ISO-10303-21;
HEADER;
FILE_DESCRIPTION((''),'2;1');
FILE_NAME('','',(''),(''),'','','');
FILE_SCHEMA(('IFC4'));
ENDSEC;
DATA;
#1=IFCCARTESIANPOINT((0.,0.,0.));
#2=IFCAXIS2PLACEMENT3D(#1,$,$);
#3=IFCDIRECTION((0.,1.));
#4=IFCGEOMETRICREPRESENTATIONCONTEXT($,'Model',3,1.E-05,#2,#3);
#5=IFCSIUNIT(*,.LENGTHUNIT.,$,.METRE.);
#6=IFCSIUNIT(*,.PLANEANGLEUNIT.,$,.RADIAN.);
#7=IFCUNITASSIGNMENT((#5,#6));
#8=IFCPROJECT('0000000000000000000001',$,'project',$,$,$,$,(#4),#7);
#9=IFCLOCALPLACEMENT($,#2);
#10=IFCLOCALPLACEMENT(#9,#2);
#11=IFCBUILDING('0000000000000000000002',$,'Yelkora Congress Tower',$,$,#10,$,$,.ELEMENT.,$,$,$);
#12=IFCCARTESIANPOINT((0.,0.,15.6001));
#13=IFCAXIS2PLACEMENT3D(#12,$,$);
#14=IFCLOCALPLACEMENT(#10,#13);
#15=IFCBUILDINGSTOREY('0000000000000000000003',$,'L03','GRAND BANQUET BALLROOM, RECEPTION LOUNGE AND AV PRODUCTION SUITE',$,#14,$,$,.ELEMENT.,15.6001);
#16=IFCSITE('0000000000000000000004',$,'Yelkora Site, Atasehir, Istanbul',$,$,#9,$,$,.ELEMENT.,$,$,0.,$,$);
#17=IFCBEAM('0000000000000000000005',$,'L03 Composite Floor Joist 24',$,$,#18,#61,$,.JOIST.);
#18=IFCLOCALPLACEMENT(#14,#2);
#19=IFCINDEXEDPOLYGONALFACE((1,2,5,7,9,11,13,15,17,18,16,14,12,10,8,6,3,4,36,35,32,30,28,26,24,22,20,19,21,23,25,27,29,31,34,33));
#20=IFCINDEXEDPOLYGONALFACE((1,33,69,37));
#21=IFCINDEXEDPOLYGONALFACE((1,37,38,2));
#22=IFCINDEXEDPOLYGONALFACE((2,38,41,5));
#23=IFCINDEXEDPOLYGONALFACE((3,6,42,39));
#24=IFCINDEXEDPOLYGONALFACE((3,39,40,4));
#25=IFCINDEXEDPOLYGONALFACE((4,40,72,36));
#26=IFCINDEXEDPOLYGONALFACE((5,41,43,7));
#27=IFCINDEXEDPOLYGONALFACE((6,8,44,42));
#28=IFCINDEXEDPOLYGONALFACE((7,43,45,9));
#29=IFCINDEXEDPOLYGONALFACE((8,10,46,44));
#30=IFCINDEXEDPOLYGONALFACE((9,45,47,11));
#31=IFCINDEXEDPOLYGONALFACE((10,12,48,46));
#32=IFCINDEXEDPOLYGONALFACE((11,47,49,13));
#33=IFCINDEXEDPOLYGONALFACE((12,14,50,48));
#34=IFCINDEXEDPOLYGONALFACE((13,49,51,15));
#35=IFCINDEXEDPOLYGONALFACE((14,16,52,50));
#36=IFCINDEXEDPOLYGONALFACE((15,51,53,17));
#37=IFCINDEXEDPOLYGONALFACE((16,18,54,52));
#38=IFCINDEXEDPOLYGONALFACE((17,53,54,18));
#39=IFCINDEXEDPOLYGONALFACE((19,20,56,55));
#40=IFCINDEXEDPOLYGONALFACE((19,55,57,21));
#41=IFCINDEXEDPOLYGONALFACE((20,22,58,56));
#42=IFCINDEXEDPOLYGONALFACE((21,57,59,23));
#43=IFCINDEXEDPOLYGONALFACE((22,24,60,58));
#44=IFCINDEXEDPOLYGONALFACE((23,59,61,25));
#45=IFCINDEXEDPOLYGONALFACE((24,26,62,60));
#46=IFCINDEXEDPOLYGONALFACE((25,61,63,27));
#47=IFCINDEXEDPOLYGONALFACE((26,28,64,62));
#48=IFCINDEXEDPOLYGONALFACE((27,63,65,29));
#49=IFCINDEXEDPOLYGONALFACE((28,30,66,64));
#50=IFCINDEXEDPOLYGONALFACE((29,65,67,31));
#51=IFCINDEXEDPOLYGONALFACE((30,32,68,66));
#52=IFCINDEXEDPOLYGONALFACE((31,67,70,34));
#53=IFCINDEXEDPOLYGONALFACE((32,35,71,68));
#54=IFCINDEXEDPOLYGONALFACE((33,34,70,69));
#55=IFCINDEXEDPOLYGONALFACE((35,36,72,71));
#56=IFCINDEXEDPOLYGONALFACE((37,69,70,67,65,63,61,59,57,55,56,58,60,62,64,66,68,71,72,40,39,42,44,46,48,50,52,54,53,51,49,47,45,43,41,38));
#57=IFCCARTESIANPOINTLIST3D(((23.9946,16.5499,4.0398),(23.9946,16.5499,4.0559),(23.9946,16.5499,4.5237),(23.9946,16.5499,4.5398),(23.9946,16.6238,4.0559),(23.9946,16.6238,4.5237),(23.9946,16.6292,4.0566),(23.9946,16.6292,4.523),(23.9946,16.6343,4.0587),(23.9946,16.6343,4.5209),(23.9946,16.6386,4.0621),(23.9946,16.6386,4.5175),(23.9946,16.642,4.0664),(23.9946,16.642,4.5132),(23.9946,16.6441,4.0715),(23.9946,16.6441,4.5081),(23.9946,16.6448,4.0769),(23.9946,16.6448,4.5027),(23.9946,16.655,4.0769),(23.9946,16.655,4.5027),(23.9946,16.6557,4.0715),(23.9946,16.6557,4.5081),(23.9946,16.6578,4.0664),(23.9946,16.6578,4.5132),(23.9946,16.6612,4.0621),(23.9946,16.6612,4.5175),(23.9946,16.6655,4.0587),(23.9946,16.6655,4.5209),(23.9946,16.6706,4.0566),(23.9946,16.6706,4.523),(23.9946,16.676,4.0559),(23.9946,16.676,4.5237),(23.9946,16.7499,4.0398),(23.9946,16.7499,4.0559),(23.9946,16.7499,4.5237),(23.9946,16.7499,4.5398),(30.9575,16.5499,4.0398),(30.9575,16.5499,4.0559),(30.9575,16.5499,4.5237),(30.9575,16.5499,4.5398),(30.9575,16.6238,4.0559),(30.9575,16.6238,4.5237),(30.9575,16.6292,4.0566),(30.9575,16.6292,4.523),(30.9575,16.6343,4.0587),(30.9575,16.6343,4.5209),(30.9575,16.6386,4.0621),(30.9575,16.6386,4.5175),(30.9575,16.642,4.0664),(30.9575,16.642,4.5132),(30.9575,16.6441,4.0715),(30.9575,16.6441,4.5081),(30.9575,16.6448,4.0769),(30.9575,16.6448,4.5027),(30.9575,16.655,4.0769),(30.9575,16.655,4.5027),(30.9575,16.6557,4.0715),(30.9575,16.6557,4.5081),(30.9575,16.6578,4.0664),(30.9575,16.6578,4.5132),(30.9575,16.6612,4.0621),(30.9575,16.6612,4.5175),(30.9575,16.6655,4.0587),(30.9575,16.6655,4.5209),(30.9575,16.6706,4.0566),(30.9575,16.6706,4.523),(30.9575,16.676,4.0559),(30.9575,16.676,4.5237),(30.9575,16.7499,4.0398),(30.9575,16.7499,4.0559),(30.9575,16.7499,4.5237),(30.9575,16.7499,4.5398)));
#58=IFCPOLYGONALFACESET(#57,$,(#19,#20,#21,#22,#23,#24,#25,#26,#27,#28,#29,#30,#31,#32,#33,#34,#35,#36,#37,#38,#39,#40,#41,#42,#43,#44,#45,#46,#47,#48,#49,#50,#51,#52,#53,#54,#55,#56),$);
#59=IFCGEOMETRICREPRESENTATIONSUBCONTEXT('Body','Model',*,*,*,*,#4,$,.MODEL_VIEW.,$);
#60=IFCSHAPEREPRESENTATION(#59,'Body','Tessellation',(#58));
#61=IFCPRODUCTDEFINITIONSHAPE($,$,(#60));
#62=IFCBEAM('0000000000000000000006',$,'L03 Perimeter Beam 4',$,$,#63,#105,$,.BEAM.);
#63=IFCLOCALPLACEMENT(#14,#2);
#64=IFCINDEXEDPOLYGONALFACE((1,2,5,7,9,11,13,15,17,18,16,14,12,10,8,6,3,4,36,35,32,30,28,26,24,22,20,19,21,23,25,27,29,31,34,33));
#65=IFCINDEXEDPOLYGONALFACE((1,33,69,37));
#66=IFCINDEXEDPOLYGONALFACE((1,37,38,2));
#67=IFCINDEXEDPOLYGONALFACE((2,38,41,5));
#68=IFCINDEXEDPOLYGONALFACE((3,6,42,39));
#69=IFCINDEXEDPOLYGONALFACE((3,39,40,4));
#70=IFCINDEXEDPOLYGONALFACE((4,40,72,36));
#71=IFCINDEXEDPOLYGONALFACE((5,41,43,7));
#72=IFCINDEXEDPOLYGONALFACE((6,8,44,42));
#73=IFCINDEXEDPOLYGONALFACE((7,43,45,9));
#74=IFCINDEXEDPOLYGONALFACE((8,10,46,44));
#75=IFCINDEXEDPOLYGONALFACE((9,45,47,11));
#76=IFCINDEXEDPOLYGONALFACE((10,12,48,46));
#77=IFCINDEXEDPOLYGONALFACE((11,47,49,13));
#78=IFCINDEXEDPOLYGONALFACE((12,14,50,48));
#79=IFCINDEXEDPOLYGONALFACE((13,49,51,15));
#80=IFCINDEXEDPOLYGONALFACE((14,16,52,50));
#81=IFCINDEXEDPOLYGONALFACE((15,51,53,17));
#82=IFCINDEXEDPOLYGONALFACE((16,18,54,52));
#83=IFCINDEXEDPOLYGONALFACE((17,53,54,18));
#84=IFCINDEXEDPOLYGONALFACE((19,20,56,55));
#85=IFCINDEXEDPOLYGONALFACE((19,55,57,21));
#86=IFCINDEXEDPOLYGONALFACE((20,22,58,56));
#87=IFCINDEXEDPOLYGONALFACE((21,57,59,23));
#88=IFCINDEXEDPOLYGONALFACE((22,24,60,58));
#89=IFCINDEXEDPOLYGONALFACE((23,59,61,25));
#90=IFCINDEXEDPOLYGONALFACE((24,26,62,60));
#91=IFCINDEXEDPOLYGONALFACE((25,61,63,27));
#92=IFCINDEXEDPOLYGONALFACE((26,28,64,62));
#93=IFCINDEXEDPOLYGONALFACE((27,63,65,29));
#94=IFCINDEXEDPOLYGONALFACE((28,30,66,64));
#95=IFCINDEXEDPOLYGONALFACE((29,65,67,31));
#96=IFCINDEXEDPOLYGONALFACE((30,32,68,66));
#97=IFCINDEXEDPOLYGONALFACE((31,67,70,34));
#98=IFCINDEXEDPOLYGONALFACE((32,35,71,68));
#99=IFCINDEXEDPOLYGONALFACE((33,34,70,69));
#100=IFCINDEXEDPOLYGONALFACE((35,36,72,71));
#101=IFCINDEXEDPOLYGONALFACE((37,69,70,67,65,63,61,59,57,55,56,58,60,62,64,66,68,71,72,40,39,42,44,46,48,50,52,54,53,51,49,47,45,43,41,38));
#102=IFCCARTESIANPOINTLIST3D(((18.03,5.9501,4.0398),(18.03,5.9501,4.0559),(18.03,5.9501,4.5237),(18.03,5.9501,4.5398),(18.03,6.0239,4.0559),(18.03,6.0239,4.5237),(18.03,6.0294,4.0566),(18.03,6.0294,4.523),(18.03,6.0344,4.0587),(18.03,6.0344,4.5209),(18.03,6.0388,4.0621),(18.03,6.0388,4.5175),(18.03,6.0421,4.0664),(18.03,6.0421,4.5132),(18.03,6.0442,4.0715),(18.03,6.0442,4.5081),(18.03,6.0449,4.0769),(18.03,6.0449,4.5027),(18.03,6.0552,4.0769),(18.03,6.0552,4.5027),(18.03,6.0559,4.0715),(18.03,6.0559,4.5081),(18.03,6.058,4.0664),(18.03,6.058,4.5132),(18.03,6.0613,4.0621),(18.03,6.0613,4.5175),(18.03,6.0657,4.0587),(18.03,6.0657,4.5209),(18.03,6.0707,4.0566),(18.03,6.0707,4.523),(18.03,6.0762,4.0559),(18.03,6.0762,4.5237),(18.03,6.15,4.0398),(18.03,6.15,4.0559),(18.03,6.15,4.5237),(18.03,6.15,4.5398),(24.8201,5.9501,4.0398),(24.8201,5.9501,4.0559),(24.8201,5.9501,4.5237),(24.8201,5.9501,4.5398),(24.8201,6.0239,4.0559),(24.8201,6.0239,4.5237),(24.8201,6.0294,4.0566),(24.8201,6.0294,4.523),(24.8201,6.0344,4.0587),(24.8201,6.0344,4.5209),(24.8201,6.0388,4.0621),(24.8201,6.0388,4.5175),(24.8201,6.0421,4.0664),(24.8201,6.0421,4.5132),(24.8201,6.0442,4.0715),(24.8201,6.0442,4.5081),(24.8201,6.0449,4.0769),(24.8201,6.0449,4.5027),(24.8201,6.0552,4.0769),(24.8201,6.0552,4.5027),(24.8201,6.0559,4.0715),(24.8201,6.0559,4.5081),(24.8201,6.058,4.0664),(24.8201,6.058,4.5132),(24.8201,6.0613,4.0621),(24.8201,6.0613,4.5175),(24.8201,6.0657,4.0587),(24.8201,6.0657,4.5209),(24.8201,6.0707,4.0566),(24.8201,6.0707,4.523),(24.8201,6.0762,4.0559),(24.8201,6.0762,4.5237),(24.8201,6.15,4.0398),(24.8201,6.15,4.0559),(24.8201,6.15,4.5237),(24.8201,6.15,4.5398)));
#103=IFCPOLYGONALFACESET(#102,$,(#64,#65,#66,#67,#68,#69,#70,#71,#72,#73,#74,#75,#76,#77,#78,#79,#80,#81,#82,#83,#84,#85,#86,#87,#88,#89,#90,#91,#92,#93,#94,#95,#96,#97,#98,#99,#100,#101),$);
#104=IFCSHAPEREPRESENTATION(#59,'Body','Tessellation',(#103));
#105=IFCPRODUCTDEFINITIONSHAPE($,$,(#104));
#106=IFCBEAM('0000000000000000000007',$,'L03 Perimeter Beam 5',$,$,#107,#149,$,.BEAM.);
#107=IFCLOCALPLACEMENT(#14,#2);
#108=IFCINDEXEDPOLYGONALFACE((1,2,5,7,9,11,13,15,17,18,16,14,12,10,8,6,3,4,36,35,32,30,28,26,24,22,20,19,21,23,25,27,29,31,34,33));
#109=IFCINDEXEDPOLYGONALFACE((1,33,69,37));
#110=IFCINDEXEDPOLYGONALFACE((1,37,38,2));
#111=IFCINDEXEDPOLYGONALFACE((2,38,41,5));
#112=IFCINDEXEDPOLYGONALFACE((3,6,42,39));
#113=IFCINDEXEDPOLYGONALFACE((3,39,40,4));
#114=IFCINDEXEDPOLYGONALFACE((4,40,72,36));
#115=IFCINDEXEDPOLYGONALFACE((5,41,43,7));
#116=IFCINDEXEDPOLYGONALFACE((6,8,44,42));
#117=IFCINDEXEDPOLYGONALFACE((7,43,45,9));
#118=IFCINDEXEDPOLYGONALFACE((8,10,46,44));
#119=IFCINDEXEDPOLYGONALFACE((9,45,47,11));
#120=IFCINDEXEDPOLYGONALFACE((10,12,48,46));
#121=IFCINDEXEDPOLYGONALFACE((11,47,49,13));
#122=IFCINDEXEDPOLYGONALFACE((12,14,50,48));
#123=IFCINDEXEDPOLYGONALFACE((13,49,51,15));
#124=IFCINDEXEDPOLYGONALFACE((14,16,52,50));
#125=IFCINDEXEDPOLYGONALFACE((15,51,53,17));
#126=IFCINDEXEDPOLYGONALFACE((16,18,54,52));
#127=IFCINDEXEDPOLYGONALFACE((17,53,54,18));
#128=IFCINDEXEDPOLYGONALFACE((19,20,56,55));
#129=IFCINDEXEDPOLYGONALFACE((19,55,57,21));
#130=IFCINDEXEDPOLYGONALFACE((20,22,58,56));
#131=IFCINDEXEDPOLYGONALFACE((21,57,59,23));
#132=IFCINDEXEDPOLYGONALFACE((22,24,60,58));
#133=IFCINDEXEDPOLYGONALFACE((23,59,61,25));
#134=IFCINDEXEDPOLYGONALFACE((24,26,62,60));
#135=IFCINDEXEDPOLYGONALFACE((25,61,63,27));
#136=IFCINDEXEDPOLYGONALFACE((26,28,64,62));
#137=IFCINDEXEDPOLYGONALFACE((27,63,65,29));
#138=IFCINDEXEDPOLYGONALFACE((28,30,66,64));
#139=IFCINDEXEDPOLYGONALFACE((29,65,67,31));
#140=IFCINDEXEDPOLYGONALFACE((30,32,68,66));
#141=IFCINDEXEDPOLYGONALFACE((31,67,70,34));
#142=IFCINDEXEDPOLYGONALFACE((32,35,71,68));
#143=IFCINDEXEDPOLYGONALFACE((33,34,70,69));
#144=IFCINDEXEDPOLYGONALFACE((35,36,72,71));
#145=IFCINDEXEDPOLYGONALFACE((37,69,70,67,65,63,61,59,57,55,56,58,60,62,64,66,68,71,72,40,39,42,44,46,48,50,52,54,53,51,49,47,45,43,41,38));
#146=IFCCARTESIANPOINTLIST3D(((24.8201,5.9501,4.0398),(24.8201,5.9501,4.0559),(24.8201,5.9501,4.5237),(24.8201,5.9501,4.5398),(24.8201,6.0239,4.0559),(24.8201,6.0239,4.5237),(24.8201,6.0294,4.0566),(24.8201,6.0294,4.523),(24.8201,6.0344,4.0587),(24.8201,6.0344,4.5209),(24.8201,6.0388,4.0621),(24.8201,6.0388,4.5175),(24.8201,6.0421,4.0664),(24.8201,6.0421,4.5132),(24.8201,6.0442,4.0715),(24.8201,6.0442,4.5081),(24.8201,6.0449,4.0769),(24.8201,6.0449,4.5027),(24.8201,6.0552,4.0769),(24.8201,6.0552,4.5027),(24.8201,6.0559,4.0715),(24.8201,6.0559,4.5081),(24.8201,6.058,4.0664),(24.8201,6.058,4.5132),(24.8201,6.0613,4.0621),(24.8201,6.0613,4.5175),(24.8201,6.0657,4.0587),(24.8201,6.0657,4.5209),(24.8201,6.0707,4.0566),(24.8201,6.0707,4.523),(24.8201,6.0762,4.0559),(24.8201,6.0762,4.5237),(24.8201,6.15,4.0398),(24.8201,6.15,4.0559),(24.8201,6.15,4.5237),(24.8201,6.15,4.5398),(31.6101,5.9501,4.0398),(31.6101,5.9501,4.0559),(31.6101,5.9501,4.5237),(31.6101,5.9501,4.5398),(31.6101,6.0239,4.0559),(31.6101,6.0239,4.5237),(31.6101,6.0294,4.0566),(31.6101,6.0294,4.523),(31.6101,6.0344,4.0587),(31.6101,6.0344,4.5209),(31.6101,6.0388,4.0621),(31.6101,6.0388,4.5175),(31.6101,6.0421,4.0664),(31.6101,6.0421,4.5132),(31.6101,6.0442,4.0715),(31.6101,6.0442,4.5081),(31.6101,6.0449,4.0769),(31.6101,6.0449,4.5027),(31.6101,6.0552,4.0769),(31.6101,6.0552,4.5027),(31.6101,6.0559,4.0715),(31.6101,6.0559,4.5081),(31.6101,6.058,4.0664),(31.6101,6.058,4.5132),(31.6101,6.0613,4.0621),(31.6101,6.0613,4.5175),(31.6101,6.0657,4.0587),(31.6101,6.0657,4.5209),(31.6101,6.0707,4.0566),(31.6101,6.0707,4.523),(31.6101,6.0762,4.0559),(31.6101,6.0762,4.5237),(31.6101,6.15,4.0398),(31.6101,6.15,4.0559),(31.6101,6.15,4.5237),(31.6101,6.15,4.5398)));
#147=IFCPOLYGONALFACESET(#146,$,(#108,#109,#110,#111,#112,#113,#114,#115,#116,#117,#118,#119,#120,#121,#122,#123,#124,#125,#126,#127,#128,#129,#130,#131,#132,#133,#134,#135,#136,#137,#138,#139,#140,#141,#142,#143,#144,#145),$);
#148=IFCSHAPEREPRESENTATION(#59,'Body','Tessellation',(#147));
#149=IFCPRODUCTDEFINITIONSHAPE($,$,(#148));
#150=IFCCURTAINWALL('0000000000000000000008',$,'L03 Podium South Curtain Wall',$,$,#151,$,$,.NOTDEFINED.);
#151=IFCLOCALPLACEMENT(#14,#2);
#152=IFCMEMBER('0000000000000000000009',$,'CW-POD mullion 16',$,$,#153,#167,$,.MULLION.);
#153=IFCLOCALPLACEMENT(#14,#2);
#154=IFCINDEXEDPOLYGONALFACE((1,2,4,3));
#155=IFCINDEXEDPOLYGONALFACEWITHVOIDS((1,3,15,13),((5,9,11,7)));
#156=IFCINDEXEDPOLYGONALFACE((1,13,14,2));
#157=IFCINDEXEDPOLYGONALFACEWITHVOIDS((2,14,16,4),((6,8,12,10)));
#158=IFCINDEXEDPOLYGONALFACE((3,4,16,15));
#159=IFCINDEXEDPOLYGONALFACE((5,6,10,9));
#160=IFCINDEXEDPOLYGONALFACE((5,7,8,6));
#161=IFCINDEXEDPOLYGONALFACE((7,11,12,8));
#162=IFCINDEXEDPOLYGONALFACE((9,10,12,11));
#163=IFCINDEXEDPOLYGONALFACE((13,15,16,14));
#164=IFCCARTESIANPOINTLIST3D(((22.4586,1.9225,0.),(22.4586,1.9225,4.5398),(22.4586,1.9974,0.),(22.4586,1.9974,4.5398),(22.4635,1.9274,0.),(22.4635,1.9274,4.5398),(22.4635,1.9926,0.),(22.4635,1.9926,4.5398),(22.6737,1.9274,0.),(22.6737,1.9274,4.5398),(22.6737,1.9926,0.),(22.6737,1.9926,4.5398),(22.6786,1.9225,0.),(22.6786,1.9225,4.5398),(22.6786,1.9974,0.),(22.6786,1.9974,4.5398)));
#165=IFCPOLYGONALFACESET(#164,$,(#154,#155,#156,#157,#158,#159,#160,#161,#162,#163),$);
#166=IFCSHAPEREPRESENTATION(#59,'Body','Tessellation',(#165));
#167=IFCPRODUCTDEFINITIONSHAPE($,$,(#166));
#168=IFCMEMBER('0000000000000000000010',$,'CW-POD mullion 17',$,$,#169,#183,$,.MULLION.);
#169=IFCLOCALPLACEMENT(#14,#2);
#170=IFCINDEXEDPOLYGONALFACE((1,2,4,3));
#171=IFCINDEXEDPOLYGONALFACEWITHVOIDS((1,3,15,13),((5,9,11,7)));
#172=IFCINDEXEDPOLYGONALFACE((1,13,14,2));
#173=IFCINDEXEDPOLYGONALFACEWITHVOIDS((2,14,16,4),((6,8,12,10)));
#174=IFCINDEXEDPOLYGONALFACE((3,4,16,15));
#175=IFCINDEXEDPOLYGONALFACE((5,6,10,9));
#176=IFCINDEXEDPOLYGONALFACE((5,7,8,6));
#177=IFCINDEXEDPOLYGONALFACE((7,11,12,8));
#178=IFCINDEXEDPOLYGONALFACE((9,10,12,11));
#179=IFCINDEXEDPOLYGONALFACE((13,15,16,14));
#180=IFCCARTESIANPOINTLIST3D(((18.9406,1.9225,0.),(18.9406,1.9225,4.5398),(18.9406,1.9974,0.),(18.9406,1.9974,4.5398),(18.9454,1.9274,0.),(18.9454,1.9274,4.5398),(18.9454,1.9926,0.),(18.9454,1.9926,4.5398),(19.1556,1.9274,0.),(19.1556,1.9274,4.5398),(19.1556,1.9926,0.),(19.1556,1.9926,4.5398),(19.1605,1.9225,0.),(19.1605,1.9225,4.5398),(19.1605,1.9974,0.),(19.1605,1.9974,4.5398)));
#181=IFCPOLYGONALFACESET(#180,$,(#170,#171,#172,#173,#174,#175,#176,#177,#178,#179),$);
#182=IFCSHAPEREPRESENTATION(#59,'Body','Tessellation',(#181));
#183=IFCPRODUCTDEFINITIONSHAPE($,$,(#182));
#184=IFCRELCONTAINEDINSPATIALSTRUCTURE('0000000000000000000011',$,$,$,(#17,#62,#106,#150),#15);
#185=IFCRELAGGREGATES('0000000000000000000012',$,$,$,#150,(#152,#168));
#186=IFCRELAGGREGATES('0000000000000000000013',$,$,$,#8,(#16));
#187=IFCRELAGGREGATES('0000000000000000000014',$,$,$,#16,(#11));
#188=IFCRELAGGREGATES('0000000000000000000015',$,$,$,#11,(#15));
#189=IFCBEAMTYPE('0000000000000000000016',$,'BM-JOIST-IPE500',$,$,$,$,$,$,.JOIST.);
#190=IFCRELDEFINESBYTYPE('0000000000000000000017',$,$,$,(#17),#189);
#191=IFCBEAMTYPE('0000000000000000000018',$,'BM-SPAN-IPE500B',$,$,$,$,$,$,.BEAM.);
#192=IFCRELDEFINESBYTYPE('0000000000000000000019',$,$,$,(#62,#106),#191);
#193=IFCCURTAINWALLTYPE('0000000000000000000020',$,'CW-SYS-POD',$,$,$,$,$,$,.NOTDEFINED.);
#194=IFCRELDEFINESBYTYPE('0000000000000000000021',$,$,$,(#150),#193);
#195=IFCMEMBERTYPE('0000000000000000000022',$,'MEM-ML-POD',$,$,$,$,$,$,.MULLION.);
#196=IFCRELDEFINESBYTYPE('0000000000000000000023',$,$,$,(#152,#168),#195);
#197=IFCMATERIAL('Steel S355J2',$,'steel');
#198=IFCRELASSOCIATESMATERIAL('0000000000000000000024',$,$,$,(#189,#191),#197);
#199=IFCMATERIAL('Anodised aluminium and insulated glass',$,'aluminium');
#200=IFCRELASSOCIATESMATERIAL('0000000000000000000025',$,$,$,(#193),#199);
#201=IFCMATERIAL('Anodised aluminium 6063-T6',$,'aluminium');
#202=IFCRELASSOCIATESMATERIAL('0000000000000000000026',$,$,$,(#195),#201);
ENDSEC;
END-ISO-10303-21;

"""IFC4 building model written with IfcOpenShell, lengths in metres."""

from ifc_helpers import new_model, si_unit, direction, frame, origin, origin_2d, place, context, subcontext, project, spatial, hollow_rectangle, i_section, extrude, material, material_profile, profile_set, type_object, element, aggregate, save


model = new_model("IFC4")

# Units and contexts
model_context = context("Model", 3, precision=1e-05, world=origin(), true_north=direction((0.0, 1.0)))
body_context = subcontext(model_context, "Body", "Model", "MODEL_VIEW")
ifc_project = project(units=[si_unit("LENGTHUNIT", "METRE"), si_unit("PLANEANGLEUNIT", "RADIAN")], contexts=[model_context])

# Site, building, storey
site_placement = place(None, origin())
site = spatial("IfcSite", under=ifc_project, at=site_placement, Name="Yelkora Site, Atasehir, Istanbul", CompositionType="ELEMENT", RefElevation=0.0)
building_placement = place(site_placement, origin())
building = spatial("IfcBuilding", under=site, at=building_placement, Name="Yelkora Congress Tower", CompositionType="ELEMENT")
storey_placement = place(building_placement, frame((0.0, 0.0, 15.6001)))
storey = spatial("IfcBuildingStorey", under=building, at=storey_placement, Name="L03", Description="GRAND BANQUET BALLROOM, RECEPTION LOUNGE AND AV PRODUCTION SUITE", CompositionType="ELEMENT", Elevation=15.6001)

# Beams
ifc_material_1 = material(Name="Steel S355J2", Category="steel")
ifc_material_profile_1 = material_profile(ifc_material_1, i_section(OverallWidth=0.2, OverallDepth=0.5, WebThickness=0.0103, FlangeThickness=0.0161, FilletRadius=0.021, at=origin_2d()), Name="IPE 500")
ifc_profile_set_1 = profile_set([ifc_material_profile_1], Name="Steel S355J2")
beam_type_1 = type_object("IfcBeamType", Name="BM-JOIST-IPE500", PredefinedType="JOIST", material=ifc_profile_set_1)
beam_1_placement = place(storey_placement, frame((23.9946, 16.6499, 4.2898), z_axis=(1.0, 0.0, 0.0), x_axis=(0.0, 1.0, 0.0)))
element("IfcBeam", 1, at=beam_1_placement, inside=storey, type_object=beam_type_1, Name="L03 Composite Floor Joist 24", PredefinedType="JOIST", context=body_context, shape_type="SweptSolid", body=[
    extrude(i_section(OverallWidth=0.2, OverallDepth=0.5, WebThickness=0.0103, FlangeThickness=0.0161, FilletRadius=0.021, at=origin_2d()), origin(), (0.0, 0.0, 1.0), 6.9629),
])
ifc_material_profile_2 = material_profile(ifc_material_1, i_section(OverallWidth=0.2, OverallDepth=0.5, WebThickness=0.0103, FlangeThickness=0.0161, FilletRadius=0.021, at=origin_2d()), Name="IPE 500")
ifc_profile_set_2 = profile_set([ifc_material_profile_2], Name="Steel S355J2")
beam_type_2 = type_object("IfcBeamType", Name="BM-SPAN-IPE500B", PredefinedType="BEAM", material=ifc_profile_set_2)
for number, where, z_axis, x_axis, name in (
    (2, (18.03, 6.05, 4.2898), (1.0, 0.0, 0.0), (0.0, 1.0, 0.0), "L03 Perimeter Beam 4"),
    (3, (24.8201, 6.05, 4.2898), (1.0, 0.0, 0.0), (0.0, 1.0, 0.0), "L03 Perimeter Beam 5"),
):
    element("IfcBeam", number, at=place(storey_placement, frame(where, z_axis=z_axis, x_axis=x_axis)), inside=storey, type_object=beam_type_2, Name=name, PredefinedType="BEAM", context=body_context, shape_type="SweptSolid", body=[
        extrude(i_section(OverallWidth=0.2, OverallDepth=0.5, WebThickness=0.0103, FlangeThickness=0.0161, FilletRadius=0.021, at=origin_2d()), origin(), (0.0, 0.0, 1.0), 6.79),
    ])

# Curtain wall, members
ifc_material_2 = material(Name="Anodised aluminium and insulated glass", Category="aluminium")
curtain_wall_type = type_object("IfcCurtainWallType", Name="CW-SYS-POD", PredefinedType="NOTDEFINED", material=ifc_material_2)
curtain_wall_placement = place(storey_placement, origin())
curtain_wall = element("IfcCurtainWall", 4, at=curtain_wall_placement, inside=storey, type_object=curtain_wall_type, Name="L03 Podium South Curtain Wall", PredefinedType="NOTDEFINED")
ifc_material_3 = material(Name="Anodised aluminium 6063-T6", Category="aluminium")
ifc_material_profile_3 = material_profile(ifc_material_3, hollow_rectangle(XDim=0.075, YDim=0.22, WallThickness=0.0049, at=origin_2d()), Name="ALU 75x220x5")
ifc_profile_set_3 = profile_set([ifc_material_profile_3], Name="Anodised aluminium 6063-T6")
member_type_1 = type_object("IfcMemberType", Name="MEM-ML-POD", PredefinedType="MULLION", material=ifc_profile_set_3)
member_1_placement = place(storey_placement, frame((22.5686, 1.96, 0.0), z_axis=(0.0, 0.0, 1.0), x_axis=(0.0, -1.0, 0.0)))
member_1 = element("IfcMember", 5, at=member_1_placement, type_object=member_type_1, Name="CW-POD mullion 16", PredefinedType="MULLION", context=body_context, shape_type="SweptSolid", body=[
    extrude(hollow_rectangle(XDim=0.075, YDim=0.22, WallThickness=0.0049, at=origin_2d()), origin(), (0.0, 0.0, 1.0), 4.5398),
])
member_2_placement = place(storey_placement, frame((19.0505, 1.96, 0.0), z_axis=(0.0, 0.0, 1.0), x_axis=(0.0, -1.0, 0.0)))
member_2 = element("IfcMember", 6, at=member_2_placement, type_object=member_type_1, Name="CW-POD mullion 17", PredefinedType="MULLION", context=body_context, shape_type="SweptSolid", body=[
    extrude(hollow_rectangle(XDim=0.075, YDim=0.22, WallThickness=0.0049, at=origin_2d()), origin(), (0.0, 0.0, 1.0), 4.5398),
])
aggregate(curtain_wall, [member_1, member_2])

save(model, "model.ifc")
